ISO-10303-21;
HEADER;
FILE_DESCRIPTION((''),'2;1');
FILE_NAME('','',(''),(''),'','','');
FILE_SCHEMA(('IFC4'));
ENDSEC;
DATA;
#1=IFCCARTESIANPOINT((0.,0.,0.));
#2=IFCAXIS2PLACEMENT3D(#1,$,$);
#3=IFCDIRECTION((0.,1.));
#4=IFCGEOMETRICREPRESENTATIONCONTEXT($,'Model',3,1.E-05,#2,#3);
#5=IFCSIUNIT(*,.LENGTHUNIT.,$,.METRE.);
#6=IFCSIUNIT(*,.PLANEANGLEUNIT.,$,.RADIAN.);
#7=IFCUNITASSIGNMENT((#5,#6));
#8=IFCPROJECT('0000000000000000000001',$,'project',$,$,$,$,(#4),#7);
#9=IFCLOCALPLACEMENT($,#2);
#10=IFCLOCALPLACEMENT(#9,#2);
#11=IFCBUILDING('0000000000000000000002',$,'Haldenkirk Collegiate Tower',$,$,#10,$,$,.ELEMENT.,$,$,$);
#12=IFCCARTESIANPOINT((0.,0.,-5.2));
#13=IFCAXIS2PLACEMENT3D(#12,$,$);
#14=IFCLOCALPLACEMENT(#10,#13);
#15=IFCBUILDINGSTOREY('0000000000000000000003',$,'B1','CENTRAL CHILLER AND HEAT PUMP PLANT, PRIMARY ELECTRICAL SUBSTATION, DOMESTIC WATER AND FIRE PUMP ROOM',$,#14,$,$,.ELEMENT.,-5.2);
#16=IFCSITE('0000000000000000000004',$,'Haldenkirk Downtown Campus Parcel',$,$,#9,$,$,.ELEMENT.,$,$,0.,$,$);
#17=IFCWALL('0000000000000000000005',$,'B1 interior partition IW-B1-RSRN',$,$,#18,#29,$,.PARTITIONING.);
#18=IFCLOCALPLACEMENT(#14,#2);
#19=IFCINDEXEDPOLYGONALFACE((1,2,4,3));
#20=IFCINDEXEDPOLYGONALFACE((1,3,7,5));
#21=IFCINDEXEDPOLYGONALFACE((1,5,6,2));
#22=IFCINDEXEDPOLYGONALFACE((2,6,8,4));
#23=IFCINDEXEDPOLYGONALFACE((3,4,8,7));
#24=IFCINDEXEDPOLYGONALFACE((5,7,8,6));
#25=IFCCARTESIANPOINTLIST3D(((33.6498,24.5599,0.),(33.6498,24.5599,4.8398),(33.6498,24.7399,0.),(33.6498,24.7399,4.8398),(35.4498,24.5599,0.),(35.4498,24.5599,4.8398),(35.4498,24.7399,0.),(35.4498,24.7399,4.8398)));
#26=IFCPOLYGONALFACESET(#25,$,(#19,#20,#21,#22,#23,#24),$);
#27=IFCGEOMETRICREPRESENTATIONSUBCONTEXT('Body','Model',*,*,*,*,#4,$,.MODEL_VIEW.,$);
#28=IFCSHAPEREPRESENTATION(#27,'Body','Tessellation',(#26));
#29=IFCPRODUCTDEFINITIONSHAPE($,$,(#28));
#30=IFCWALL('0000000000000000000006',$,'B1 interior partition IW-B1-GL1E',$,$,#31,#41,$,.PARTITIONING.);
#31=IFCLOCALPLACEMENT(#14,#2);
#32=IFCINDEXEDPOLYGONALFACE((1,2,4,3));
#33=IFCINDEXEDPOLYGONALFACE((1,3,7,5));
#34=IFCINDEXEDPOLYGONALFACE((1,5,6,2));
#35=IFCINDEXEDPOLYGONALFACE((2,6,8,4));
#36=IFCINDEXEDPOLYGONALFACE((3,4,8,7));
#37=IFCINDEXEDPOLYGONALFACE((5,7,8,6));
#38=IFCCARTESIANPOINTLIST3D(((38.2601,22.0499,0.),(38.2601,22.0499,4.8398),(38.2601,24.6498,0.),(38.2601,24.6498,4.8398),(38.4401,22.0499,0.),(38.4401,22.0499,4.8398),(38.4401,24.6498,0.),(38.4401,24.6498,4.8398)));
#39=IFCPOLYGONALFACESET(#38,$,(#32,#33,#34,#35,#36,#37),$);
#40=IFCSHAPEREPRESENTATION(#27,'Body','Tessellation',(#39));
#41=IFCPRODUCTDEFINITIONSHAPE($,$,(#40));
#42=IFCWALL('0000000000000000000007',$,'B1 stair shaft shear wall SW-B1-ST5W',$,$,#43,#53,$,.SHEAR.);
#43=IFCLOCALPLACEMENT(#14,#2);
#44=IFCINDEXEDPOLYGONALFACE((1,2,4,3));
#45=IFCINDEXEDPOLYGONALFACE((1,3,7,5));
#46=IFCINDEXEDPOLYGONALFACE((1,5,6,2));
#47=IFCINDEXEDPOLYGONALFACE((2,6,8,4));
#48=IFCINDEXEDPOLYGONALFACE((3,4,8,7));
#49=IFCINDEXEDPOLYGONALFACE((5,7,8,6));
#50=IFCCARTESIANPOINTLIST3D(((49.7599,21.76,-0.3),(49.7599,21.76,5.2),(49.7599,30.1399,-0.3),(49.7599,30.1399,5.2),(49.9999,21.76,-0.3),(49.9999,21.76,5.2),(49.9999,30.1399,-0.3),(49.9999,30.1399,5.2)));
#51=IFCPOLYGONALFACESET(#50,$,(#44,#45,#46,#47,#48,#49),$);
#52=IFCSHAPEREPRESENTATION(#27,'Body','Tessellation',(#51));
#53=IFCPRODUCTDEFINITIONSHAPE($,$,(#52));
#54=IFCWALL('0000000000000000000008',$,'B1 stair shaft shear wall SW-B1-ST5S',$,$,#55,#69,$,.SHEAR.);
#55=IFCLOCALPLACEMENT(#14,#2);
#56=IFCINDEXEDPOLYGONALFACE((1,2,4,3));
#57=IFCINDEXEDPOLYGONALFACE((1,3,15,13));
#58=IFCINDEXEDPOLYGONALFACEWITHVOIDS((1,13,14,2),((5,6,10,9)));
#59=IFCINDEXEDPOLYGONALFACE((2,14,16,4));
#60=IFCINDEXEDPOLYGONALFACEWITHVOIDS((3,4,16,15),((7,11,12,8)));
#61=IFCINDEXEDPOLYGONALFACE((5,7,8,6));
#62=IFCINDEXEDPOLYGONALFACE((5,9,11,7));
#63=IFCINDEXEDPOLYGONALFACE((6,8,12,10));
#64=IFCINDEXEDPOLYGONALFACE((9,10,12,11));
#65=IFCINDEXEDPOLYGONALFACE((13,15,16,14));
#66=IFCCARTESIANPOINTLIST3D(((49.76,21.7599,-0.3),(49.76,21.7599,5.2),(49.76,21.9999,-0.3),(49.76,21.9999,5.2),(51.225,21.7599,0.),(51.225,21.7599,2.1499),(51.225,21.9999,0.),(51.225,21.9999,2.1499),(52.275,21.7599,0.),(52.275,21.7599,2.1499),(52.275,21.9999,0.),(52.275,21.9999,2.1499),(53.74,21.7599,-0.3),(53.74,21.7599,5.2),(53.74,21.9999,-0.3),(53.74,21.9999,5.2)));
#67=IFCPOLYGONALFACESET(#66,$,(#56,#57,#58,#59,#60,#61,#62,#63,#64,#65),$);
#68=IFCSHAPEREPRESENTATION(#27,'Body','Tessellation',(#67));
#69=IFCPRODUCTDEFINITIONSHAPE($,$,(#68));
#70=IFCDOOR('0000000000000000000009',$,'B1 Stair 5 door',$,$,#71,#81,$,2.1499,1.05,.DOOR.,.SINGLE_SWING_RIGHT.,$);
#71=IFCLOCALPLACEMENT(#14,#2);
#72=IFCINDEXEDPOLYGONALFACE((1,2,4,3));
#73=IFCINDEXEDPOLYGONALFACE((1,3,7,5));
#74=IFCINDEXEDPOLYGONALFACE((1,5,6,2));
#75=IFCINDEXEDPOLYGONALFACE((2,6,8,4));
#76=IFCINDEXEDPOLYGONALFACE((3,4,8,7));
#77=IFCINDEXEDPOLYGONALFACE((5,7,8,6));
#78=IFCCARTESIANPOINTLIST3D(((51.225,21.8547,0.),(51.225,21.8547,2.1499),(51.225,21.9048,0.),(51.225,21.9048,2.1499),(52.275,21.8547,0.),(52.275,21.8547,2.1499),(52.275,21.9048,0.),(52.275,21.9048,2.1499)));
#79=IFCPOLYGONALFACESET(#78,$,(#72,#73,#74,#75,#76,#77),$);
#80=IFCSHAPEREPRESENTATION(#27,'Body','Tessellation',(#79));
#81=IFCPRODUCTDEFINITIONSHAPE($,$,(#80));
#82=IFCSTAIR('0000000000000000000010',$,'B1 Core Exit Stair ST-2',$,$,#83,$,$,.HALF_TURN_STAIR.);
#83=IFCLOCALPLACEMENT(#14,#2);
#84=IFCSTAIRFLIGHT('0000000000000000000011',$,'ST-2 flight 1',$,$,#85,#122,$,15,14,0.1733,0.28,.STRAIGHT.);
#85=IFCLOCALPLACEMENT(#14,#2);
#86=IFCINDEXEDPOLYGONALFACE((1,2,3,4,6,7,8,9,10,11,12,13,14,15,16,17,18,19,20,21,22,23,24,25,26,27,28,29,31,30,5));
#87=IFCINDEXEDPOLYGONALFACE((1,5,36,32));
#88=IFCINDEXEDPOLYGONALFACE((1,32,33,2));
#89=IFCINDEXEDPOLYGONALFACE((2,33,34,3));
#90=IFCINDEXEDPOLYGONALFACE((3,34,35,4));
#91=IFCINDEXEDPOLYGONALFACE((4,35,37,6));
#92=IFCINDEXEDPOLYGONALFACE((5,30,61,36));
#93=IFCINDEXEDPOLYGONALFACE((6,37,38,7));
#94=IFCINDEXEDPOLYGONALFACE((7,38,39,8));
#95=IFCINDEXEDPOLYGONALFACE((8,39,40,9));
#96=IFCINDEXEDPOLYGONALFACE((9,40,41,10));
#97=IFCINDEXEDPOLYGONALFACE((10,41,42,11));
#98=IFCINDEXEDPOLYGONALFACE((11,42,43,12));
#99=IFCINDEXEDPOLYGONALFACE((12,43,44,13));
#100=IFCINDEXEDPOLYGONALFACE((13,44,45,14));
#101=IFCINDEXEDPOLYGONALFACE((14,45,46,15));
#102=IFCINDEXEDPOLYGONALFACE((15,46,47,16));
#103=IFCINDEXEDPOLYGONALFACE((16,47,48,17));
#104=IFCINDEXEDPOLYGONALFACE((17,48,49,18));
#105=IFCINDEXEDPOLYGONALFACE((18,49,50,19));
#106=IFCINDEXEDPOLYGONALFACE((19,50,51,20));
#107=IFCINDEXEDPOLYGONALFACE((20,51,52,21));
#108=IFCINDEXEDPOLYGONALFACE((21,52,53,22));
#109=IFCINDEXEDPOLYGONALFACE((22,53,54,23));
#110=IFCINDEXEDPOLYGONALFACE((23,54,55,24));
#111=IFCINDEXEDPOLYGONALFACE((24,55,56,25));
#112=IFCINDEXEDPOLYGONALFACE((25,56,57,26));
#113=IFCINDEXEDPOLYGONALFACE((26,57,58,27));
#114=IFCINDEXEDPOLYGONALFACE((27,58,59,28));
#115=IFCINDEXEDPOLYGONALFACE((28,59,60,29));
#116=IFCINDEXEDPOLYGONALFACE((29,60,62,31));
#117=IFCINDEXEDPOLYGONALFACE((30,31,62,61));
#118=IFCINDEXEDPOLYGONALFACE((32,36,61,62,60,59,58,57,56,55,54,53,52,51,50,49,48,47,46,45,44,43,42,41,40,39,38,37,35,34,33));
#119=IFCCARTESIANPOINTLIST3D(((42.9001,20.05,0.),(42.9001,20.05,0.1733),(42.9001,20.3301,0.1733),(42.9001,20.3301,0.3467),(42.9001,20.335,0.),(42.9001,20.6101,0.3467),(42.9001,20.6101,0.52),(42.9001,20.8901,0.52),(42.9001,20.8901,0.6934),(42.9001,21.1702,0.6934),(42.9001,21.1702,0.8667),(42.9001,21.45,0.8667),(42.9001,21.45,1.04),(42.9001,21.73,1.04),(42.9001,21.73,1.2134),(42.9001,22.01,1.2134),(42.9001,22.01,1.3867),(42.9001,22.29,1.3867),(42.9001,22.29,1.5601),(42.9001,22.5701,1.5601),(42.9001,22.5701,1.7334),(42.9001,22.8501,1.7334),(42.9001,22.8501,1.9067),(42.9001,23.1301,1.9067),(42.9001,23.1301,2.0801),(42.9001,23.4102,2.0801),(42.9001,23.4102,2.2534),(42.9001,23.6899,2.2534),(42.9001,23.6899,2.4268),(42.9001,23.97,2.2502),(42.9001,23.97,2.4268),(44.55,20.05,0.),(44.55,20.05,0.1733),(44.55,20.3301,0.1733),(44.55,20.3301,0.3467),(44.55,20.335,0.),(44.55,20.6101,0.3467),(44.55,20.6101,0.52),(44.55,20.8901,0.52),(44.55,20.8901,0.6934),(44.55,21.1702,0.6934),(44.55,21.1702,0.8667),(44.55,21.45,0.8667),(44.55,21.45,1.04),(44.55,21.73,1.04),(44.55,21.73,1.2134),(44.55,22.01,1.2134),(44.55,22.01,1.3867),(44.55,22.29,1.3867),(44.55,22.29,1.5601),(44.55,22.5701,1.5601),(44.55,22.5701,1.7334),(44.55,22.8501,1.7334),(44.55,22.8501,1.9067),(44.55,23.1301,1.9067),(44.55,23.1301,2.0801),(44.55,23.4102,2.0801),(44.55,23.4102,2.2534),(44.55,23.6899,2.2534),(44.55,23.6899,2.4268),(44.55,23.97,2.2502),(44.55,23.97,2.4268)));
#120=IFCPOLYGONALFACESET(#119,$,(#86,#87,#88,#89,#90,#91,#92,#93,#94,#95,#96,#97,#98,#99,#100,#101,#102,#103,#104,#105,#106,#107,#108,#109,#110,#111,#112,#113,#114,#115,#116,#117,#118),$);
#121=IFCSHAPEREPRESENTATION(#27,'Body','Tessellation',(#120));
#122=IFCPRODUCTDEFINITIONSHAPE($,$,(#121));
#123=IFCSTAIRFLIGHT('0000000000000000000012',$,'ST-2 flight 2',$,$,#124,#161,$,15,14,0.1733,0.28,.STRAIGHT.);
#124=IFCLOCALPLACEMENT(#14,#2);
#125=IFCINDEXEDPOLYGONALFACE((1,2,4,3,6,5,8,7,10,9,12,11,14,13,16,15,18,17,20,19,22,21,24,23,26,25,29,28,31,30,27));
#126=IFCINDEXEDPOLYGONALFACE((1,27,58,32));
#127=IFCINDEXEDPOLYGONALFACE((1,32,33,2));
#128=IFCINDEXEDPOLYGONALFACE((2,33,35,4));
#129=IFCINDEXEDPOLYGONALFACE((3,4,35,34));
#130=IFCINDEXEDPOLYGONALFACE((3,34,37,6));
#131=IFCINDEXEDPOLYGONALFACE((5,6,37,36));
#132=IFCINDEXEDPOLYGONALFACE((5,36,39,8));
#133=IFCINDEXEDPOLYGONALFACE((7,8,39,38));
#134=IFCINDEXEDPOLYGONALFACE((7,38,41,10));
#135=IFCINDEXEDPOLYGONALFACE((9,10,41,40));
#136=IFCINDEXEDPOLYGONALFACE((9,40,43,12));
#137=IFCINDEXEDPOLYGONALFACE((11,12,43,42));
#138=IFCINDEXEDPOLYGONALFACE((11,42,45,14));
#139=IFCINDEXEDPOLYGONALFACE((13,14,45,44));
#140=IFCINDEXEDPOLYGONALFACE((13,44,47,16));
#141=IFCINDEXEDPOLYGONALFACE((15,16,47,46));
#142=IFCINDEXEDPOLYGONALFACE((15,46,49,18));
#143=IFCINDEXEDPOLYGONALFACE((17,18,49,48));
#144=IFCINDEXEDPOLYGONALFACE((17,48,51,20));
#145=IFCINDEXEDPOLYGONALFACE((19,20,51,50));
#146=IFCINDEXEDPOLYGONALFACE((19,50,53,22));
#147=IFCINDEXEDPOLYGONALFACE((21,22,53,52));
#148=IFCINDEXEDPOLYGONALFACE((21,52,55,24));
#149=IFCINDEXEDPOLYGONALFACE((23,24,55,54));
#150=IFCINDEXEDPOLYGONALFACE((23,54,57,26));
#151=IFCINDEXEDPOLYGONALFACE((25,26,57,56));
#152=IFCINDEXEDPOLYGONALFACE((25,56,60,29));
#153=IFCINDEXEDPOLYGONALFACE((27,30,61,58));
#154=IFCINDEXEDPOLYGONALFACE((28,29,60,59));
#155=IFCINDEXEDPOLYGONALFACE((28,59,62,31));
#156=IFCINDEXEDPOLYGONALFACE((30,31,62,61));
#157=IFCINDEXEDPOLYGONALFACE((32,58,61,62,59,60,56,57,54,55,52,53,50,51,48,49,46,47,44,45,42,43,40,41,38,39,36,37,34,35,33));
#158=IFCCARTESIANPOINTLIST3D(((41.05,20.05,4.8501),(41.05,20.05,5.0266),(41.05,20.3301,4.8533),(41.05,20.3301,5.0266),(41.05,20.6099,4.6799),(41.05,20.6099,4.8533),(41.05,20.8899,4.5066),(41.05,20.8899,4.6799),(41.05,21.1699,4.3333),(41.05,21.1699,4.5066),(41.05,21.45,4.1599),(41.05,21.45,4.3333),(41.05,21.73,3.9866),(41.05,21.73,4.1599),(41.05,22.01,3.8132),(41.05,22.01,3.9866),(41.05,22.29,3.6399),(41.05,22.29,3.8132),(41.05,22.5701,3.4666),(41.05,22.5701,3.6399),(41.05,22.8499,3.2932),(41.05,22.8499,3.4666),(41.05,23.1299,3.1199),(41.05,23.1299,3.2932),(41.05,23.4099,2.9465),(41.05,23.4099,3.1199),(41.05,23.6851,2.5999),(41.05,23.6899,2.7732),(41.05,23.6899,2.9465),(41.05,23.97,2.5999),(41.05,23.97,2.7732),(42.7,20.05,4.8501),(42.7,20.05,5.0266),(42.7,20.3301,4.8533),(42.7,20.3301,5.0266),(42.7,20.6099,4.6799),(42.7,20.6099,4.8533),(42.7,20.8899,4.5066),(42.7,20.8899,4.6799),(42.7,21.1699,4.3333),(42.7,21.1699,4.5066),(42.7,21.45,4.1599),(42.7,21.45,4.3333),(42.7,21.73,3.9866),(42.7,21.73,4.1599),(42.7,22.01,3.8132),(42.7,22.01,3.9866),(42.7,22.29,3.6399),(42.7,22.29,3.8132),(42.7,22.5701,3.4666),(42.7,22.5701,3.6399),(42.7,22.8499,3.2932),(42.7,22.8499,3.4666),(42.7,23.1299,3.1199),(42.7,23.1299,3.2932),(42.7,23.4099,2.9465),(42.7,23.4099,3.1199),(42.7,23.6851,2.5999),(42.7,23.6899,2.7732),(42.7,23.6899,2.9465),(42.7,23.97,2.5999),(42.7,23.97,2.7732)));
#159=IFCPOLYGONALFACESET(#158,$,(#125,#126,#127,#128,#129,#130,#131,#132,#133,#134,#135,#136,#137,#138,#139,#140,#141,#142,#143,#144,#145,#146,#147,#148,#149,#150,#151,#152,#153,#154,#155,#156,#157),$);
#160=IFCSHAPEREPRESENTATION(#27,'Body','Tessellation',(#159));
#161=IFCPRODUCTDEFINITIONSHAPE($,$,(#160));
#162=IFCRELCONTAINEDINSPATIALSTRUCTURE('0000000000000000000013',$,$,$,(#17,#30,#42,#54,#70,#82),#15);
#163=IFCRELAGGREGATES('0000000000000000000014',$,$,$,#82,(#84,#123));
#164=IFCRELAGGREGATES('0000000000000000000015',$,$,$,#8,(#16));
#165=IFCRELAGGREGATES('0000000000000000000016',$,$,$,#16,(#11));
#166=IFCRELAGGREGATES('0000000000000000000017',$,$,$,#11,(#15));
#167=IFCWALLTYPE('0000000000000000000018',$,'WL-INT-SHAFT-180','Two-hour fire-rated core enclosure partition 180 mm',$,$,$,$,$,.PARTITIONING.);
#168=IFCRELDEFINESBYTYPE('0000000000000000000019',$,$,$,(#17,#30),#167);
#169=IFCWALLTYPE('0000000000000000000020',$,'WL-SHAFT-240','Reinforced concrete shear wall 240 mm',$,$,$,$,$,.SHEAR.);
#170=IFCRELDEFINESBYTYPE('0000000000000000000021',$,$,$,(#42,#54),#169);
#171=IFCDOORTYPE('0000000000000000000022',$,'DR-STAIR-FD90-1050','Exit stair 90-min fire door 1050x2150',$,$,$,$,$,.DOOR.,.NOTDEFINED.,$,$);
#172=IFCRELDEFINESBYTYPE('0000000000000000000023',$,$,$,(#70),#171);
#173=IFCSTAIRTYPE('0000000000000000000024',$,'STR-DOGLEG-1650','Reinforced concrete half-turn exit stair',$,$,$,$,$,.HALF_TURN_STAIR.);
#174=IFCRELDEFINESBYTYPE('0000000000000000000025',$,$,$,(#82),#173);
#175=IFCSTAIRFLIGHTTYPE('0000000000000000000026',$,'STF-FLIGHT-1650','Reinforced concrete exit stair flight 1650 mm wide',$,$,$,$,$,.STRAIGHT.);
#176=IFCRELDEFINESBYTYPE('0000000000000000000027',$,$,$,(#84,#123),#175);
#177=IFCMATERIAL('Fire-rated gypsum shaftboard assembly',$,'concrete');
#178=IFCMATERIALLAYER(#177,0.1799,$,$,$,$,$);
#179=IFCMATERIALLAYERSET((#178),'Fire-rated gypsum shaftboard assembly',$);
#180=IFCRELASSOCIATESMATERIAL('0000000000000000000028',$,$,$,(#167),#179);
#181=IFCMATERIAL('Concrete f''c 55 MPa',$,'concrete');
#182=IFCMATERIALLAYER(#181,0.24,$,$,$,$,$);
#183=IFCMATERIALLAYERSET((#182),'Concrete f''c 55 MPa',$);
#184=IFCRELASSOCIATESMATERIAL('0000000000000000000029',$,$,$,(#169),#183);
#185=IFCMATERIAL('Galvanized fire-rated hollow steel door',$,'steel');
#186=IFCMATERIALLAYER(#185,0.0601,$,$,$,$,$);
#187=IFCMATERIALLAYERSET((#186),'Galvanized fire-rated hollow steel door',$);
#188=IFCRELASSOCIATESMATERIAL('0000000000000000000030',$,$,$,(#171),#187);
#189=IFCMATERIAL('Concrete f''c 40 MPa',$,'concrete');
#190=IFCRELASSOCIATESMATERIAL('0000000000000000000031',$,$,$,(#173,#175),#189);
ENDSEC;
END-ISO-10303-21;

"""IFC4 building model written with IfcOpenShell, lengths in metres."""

from ifc_helpers import new_model, si_unit, direction, frame, frame_2d, origin, place, context, subcontext, project, spatial, polyline, rectangle, outline, extrude, material, layer, layer_set, type_object, element, fill, aggregate, save


model = new_model("IFC4")

# Units and contexts
model_context = context("Model", 3, precision=1e-05, world=origin(), true_north=direction((0.0, 1.0)))
body_context = subcontext(model_context, "Body", "Model", "MODEL_VIEW")
ifc_project = project(units=[si_unit("LENGTHUNIT", "METRE"), si_unit("PLANEANGLEUNIT", "RADIAN")], contexts=[model_context])

# Site, building, storey
site_placement = place(None, origin())
site = spatial("IfcSite", under=ifc_project, at=site_placement, Name="Haldenkirk Downtown Campus Parcel", CompositionType="ELEMENT", RefElevation=0.0)
building_placement = place(site_placement, origin())
building = spatial("IfcBuilding", under=site, at=building_placement, Name="Haldenkirk Collegiate Tower", CompositionType="ELEMENT")
storey_placement = place(building_placement, frame((0.0, 0.0, -5.2)))
storey = spatial("IfcBuildingStorey", under=building, at=storey_placement, Name="B1", Description="CENTRAL CHILLER AND HEAT PUMP PLANT, PRIMARY ELECTRICAL SUBSTATION, DOMESTIC WATER AND FIRE PUMP ROOM", CompositionType="ELEMENT", Elevation=-5.2)

# Shared definitions
ifc_material_1 = material(Name="Concrete f'c 55 MPa", Category="concrete")

# Walls
ifc_material_2 = material(Name="Fire-rated gypsum shaftboard assembly", Category="concrete")
ifc_layer_1 = layer(ifc_material_2, 0.1799)
ifc_layer_set_1 = layer_set([ifc_layer_1], Name="Fire-rated gypsum shaftboard assembly")
wall_type_1 = type_object("IfcWallType", Name="WL-INT-SHAFT-180", Description="Two-hour fire-rated core enclosure partition 180 mm", PredefinedType="PARTITIONING", material=ifc_layer_set_1)
wall_1_placement = place(storey_placement, frame((33.6499, 24.6499, 0.0), z_axis=(0.0, 0.0, 1.0), x_axis=(1.0, 0.0, 0.0)))
element("IfcWall", 1, at=wall_1_placement, inside=storey, type_object=wall_type_1, Name="B1 interior partition IW-B1-RSRN", PredefinedType="PARTITIONING", context=body_context, shape_type="SweptSolid", body=[
    extrude(rectangle(XDim=1.8, YDim=0.1799, at=frame_2d((0.8999, 0.0))), origin(), (0.0, 0.0, 1.0), 4.8398),
])
wall_2_placement = place(storey_placement, frame((38.3501, 22.05, 0.0), z_axis=(0.0, 0.0, 1.0), x_axis=(0.0, 1.0, 0.0)))
element("IfcWall", 2, at=wall_2_placement, inside=storey, type_object=wall_type_1, Name="B1 interior partition IW-B1-GL1E", PredefinedType="PARTITIONING", context=body_context, shape_type="SweptSolid", body=[
    extrude(rectangle(XDim=2.5999, YDim=0.1799, at=frame_2d((1.2998, 0.0))), origin(), (0.0, 0.0, 1.0), 4.8398),
])

# Wall
ifc_layer_2 = layer(ifc_material_1, 0.24)
ifc_layer_set_2 = layer_set([ifc_layer_2], Name="Concrete f'c 55 MPa")
wall_type_2 = type_object("IfcWallType", Name="WL-SHAFT-240", Description="Reinforced concrete shear wall 240 mm", PredefinedType="SHEAR", material=ifc_layer_set_2)
wall_3_placement = place(storey_placement, frame((49.8799, 21.76, -0.3), z_axis=(0.0, 0.0, 1.0), x_axis=(0.0, 1.0, 0.0)))
element("IfcWall", 3, at=wall_3_placement, inside=storey, type_object=wall_type_2, Name="B1 stair shaft shear wall SW-B1-ST5W", PredefinedType="SHEAR", context=body_context, shape_type="SweptSolid", body=[
    extrude(rectangle(XDim=8.3799, YDim=0.24, at=frame_2d((4.1899, 0.0))), origin(), (0.0, 0.0, 1.0), 5.5),
])

# Wall, opening, door
wall_4_placement = place(storey_placement, frame((49.76, 21.8799, -0.3), z_axis=(0.0, 0.0, 1.0), x_axis=(1.0, 0.0, 0.0)))
wall_4 = element("IfcWall", 4, at=wall_4_placement, inside=storey, type_object=wall_type_2, Name="B1 stair shaft shear wall SW-B1-ST5S", PredefinedType="SHEAR", context=body_context, shape_type="SweptSolid", body=[
    extrude(rectangle(XDim=3.98, YDim=0.24, at=frame_2d((1.99, 0.0))), origin(), (0.0, 0.0, 1.0), 5.5),
])
opening_1_placement = place(wall_4_placement, frame((1.4651, 0.0, 0.3)))
opening_1 = element("IfcOpeningElement", 5, at=opening_1_placement, cuts=wall_4, PredefinedType="OPENING", context=body_context, shape_type="SweptSolid", body=[
    extrude(rectangle(XDim=1.05, YDim=2.1499, at=frame_2d((0.5249, 1.075))), frame((0.0, 0.1299, 0.0), z_axis=(0.0, -1.0, 0.0), x_axis=(1.0, 0.0, 0.0)), (0.0, 0.0, 1.0), 0.26),
])
ifc_material_3 = material(Name="Galvanized fire-rated hollow steel door", Category="steel")
ifc_layer_3 = layer(ifc_material_3, 0.0601)
ifc_layer_set_3 = layer_set([ifc_layer_3], Name="Galvanized fire-rated hollow steel door")
door_type_1 = type_object("IfcDoorType", Name="DR-STAIR-FD90-1050", Description="Exit stair 90-min fire door 1050x2150", OperationType="NOTDEFINED", PredefinedType="DOOR", material=ifc_layer_set_3)
door_1_placement = place(opening_1_placement, origin())
door_1 = element("IfcDoor", 6, at=door_1_placement, inside=storey, type_object=door_type_1, Name="B1 Stair 5 door", OperationType="SINGLE_SWING_RIGHT", OverallHeight=2.1499, OverallWidth=1.05, PredefinedType="DOOR", context=body_context, shape_type="SweptSolid", body=[
    extrude(rectangle(XDim=1.05, YDim=2.1499, at=frame_2d((0.5249, 1.075))), frame((0.0, 0.0249, 0.0), z_axis=(0.0, -1.0, 0.0), x_axis=(1.0, 0.0, 0.0)), (0.0, 0.0, 1.0), 0.05),
])
fill(opening_1, door_1)

# Stair, stair flights
ifc_material_4 = material(Name="Concrete f'c 40 MPa", Category="concrete")
stair_type = type_object("IfcStairType", Name="STR-DOGLEG-1650", Description="Reinforced concrete half-turn exit stair", PredefinedType="HALF_TURN_STAIR", material=ifc_material_4)
stair_placement = place(storey_placement, origin())
stair = element("IfcStair", 7, at=stair_placement, inside=storey, type_object=stair_type, Name="B1 Core Exit Stair ST-2", PredefinedType="HALF_TURN_STAIR")
stair_flight_type = type_object("IfcStairFlightType", Name="STF-FLIGHT-1650", Description="Reinforced concrete exit stair flight 1650 mm wide", PredefinedType="STRAIGHT", material=ifc_material_4)
stair_flight_1_placement = place(storey_placement, frame((43.7251, 20.05, 0.0), z_axis=(0.0, 0.0, 1.0), x_axis=(0.0, 1.0, 0.0)))
stair_flight_1 = element("IfcStairFlight", 8, at=stair_flight_1_placement, type_object=stair_flight_type, Name="ST-2 flight 1", NumberOfRisers=15, NumberOfTreads=14, PredefinedType="STRAIGHT", RiserHeight=0.1733, TreadLength=0.28, context=body_context, shape_type="SweptSolid", body=[
    extrude(outline(polyline([(0.0, 0.0), (0.0, 0.1733), (0.28, 0.1733), (0.28, 0.3467), (0.5601, 0.3467), (0.5601, 0.52), (0.8401, 0.52), (0.8401, 0.6934), (1.1201, 0.6934), (1.1201, 0.8667), (1.3999, 0.8667), (1.3999, 1.04), (1.6799, 1.04), (1.6799, 1.2134), (1.96, 1.2134), (1.96, 1.3867), (2.24, 1.3867), (2.24, 1.5601), (2.52, 1.5601), (2.52, 1.7334), (2.8, 1.7334), (2.8, 1.9067), (3.0801, 1.9067), (3.0801, 2.0801), (3.3601, 2.0801), (3.3601, 2.2534), (3.6399, 2.2534), (3.6399, 2.4268), (3.9199, 2.4268), (3.9199, 2.6001), (3.9199, 2.2502), (0.2849, 0.0), (0.0, 0.0)])), frame((0.0, 0.825, 0.0), z_axis=(0.0, -1.0, 0.0), x_axis=(1.0, 0.0, 0.0)), (0.0, 0.0, 1.0), 1.6499),
])
stair_flight_2_placement = place(storey_placement, frame((41.875, 23.97, 2.5999), z_axis=(0.0, 0.0, 1.0), x_axis=(0.0, -1.0, 0.0)))
stair_flight_2 = element("IfcStairFlight", 9, at=stair_flight_2_placement, type_object=stair_flight_type, Name="ST-2 flight 2", NumberOfRisers=15, NumberOfTreads=14, PredefinedType="STRAIGHT", RiserHeight=0.1733, TreadLength=0.28, context=body_context, shape_type="SweptSolid", body=[
    extrude(outline(polyline([(0.0, 0.0), (0.0, 0.1733), (0.28, 0.1733), (0.28, 0.3467), (0.5601, 0.3467), (0.5601, 0.52), (0.8401, 0.52), (0.8401, 0.6934), (1.1201, 0.6934), (1.1201, 0.8667), (1.3999, 0.8667), (1.3999, 1.04), (1.6799, 1.04), (1.6799, 1.2134), (1.96, 1.2134), (1.96, 1.3867), (2.24, 1.3867), (2.24, 1.5601), (2.52, 1.5601), (2.52, 1.7334), (2.8, 1.7334), (2.8, 1.9067), (3.0801, 1.9067), (3.0801, 2.0801), (3.3601, 2.0801), (3.3601, 2.2534), (3.6399, 2.2534), (3.6399, 2.4268), (3.9199, 2.4268), (3.9199, 2.6001), (3.9199, 2.2502), (0.2849, 0.0), (0.0, 0.0)])), frame((0.0, 0.825, 0.0), z_axis=(0.0, -1.0, 0.0), x_axis=(1.0, 0.0, 0.0)), (0.0, 0.0, 1.0), 1.6499),
])
aggregate(stair, [stair_flight_1, stair_flight_2])

save(model, "model.ifc")
